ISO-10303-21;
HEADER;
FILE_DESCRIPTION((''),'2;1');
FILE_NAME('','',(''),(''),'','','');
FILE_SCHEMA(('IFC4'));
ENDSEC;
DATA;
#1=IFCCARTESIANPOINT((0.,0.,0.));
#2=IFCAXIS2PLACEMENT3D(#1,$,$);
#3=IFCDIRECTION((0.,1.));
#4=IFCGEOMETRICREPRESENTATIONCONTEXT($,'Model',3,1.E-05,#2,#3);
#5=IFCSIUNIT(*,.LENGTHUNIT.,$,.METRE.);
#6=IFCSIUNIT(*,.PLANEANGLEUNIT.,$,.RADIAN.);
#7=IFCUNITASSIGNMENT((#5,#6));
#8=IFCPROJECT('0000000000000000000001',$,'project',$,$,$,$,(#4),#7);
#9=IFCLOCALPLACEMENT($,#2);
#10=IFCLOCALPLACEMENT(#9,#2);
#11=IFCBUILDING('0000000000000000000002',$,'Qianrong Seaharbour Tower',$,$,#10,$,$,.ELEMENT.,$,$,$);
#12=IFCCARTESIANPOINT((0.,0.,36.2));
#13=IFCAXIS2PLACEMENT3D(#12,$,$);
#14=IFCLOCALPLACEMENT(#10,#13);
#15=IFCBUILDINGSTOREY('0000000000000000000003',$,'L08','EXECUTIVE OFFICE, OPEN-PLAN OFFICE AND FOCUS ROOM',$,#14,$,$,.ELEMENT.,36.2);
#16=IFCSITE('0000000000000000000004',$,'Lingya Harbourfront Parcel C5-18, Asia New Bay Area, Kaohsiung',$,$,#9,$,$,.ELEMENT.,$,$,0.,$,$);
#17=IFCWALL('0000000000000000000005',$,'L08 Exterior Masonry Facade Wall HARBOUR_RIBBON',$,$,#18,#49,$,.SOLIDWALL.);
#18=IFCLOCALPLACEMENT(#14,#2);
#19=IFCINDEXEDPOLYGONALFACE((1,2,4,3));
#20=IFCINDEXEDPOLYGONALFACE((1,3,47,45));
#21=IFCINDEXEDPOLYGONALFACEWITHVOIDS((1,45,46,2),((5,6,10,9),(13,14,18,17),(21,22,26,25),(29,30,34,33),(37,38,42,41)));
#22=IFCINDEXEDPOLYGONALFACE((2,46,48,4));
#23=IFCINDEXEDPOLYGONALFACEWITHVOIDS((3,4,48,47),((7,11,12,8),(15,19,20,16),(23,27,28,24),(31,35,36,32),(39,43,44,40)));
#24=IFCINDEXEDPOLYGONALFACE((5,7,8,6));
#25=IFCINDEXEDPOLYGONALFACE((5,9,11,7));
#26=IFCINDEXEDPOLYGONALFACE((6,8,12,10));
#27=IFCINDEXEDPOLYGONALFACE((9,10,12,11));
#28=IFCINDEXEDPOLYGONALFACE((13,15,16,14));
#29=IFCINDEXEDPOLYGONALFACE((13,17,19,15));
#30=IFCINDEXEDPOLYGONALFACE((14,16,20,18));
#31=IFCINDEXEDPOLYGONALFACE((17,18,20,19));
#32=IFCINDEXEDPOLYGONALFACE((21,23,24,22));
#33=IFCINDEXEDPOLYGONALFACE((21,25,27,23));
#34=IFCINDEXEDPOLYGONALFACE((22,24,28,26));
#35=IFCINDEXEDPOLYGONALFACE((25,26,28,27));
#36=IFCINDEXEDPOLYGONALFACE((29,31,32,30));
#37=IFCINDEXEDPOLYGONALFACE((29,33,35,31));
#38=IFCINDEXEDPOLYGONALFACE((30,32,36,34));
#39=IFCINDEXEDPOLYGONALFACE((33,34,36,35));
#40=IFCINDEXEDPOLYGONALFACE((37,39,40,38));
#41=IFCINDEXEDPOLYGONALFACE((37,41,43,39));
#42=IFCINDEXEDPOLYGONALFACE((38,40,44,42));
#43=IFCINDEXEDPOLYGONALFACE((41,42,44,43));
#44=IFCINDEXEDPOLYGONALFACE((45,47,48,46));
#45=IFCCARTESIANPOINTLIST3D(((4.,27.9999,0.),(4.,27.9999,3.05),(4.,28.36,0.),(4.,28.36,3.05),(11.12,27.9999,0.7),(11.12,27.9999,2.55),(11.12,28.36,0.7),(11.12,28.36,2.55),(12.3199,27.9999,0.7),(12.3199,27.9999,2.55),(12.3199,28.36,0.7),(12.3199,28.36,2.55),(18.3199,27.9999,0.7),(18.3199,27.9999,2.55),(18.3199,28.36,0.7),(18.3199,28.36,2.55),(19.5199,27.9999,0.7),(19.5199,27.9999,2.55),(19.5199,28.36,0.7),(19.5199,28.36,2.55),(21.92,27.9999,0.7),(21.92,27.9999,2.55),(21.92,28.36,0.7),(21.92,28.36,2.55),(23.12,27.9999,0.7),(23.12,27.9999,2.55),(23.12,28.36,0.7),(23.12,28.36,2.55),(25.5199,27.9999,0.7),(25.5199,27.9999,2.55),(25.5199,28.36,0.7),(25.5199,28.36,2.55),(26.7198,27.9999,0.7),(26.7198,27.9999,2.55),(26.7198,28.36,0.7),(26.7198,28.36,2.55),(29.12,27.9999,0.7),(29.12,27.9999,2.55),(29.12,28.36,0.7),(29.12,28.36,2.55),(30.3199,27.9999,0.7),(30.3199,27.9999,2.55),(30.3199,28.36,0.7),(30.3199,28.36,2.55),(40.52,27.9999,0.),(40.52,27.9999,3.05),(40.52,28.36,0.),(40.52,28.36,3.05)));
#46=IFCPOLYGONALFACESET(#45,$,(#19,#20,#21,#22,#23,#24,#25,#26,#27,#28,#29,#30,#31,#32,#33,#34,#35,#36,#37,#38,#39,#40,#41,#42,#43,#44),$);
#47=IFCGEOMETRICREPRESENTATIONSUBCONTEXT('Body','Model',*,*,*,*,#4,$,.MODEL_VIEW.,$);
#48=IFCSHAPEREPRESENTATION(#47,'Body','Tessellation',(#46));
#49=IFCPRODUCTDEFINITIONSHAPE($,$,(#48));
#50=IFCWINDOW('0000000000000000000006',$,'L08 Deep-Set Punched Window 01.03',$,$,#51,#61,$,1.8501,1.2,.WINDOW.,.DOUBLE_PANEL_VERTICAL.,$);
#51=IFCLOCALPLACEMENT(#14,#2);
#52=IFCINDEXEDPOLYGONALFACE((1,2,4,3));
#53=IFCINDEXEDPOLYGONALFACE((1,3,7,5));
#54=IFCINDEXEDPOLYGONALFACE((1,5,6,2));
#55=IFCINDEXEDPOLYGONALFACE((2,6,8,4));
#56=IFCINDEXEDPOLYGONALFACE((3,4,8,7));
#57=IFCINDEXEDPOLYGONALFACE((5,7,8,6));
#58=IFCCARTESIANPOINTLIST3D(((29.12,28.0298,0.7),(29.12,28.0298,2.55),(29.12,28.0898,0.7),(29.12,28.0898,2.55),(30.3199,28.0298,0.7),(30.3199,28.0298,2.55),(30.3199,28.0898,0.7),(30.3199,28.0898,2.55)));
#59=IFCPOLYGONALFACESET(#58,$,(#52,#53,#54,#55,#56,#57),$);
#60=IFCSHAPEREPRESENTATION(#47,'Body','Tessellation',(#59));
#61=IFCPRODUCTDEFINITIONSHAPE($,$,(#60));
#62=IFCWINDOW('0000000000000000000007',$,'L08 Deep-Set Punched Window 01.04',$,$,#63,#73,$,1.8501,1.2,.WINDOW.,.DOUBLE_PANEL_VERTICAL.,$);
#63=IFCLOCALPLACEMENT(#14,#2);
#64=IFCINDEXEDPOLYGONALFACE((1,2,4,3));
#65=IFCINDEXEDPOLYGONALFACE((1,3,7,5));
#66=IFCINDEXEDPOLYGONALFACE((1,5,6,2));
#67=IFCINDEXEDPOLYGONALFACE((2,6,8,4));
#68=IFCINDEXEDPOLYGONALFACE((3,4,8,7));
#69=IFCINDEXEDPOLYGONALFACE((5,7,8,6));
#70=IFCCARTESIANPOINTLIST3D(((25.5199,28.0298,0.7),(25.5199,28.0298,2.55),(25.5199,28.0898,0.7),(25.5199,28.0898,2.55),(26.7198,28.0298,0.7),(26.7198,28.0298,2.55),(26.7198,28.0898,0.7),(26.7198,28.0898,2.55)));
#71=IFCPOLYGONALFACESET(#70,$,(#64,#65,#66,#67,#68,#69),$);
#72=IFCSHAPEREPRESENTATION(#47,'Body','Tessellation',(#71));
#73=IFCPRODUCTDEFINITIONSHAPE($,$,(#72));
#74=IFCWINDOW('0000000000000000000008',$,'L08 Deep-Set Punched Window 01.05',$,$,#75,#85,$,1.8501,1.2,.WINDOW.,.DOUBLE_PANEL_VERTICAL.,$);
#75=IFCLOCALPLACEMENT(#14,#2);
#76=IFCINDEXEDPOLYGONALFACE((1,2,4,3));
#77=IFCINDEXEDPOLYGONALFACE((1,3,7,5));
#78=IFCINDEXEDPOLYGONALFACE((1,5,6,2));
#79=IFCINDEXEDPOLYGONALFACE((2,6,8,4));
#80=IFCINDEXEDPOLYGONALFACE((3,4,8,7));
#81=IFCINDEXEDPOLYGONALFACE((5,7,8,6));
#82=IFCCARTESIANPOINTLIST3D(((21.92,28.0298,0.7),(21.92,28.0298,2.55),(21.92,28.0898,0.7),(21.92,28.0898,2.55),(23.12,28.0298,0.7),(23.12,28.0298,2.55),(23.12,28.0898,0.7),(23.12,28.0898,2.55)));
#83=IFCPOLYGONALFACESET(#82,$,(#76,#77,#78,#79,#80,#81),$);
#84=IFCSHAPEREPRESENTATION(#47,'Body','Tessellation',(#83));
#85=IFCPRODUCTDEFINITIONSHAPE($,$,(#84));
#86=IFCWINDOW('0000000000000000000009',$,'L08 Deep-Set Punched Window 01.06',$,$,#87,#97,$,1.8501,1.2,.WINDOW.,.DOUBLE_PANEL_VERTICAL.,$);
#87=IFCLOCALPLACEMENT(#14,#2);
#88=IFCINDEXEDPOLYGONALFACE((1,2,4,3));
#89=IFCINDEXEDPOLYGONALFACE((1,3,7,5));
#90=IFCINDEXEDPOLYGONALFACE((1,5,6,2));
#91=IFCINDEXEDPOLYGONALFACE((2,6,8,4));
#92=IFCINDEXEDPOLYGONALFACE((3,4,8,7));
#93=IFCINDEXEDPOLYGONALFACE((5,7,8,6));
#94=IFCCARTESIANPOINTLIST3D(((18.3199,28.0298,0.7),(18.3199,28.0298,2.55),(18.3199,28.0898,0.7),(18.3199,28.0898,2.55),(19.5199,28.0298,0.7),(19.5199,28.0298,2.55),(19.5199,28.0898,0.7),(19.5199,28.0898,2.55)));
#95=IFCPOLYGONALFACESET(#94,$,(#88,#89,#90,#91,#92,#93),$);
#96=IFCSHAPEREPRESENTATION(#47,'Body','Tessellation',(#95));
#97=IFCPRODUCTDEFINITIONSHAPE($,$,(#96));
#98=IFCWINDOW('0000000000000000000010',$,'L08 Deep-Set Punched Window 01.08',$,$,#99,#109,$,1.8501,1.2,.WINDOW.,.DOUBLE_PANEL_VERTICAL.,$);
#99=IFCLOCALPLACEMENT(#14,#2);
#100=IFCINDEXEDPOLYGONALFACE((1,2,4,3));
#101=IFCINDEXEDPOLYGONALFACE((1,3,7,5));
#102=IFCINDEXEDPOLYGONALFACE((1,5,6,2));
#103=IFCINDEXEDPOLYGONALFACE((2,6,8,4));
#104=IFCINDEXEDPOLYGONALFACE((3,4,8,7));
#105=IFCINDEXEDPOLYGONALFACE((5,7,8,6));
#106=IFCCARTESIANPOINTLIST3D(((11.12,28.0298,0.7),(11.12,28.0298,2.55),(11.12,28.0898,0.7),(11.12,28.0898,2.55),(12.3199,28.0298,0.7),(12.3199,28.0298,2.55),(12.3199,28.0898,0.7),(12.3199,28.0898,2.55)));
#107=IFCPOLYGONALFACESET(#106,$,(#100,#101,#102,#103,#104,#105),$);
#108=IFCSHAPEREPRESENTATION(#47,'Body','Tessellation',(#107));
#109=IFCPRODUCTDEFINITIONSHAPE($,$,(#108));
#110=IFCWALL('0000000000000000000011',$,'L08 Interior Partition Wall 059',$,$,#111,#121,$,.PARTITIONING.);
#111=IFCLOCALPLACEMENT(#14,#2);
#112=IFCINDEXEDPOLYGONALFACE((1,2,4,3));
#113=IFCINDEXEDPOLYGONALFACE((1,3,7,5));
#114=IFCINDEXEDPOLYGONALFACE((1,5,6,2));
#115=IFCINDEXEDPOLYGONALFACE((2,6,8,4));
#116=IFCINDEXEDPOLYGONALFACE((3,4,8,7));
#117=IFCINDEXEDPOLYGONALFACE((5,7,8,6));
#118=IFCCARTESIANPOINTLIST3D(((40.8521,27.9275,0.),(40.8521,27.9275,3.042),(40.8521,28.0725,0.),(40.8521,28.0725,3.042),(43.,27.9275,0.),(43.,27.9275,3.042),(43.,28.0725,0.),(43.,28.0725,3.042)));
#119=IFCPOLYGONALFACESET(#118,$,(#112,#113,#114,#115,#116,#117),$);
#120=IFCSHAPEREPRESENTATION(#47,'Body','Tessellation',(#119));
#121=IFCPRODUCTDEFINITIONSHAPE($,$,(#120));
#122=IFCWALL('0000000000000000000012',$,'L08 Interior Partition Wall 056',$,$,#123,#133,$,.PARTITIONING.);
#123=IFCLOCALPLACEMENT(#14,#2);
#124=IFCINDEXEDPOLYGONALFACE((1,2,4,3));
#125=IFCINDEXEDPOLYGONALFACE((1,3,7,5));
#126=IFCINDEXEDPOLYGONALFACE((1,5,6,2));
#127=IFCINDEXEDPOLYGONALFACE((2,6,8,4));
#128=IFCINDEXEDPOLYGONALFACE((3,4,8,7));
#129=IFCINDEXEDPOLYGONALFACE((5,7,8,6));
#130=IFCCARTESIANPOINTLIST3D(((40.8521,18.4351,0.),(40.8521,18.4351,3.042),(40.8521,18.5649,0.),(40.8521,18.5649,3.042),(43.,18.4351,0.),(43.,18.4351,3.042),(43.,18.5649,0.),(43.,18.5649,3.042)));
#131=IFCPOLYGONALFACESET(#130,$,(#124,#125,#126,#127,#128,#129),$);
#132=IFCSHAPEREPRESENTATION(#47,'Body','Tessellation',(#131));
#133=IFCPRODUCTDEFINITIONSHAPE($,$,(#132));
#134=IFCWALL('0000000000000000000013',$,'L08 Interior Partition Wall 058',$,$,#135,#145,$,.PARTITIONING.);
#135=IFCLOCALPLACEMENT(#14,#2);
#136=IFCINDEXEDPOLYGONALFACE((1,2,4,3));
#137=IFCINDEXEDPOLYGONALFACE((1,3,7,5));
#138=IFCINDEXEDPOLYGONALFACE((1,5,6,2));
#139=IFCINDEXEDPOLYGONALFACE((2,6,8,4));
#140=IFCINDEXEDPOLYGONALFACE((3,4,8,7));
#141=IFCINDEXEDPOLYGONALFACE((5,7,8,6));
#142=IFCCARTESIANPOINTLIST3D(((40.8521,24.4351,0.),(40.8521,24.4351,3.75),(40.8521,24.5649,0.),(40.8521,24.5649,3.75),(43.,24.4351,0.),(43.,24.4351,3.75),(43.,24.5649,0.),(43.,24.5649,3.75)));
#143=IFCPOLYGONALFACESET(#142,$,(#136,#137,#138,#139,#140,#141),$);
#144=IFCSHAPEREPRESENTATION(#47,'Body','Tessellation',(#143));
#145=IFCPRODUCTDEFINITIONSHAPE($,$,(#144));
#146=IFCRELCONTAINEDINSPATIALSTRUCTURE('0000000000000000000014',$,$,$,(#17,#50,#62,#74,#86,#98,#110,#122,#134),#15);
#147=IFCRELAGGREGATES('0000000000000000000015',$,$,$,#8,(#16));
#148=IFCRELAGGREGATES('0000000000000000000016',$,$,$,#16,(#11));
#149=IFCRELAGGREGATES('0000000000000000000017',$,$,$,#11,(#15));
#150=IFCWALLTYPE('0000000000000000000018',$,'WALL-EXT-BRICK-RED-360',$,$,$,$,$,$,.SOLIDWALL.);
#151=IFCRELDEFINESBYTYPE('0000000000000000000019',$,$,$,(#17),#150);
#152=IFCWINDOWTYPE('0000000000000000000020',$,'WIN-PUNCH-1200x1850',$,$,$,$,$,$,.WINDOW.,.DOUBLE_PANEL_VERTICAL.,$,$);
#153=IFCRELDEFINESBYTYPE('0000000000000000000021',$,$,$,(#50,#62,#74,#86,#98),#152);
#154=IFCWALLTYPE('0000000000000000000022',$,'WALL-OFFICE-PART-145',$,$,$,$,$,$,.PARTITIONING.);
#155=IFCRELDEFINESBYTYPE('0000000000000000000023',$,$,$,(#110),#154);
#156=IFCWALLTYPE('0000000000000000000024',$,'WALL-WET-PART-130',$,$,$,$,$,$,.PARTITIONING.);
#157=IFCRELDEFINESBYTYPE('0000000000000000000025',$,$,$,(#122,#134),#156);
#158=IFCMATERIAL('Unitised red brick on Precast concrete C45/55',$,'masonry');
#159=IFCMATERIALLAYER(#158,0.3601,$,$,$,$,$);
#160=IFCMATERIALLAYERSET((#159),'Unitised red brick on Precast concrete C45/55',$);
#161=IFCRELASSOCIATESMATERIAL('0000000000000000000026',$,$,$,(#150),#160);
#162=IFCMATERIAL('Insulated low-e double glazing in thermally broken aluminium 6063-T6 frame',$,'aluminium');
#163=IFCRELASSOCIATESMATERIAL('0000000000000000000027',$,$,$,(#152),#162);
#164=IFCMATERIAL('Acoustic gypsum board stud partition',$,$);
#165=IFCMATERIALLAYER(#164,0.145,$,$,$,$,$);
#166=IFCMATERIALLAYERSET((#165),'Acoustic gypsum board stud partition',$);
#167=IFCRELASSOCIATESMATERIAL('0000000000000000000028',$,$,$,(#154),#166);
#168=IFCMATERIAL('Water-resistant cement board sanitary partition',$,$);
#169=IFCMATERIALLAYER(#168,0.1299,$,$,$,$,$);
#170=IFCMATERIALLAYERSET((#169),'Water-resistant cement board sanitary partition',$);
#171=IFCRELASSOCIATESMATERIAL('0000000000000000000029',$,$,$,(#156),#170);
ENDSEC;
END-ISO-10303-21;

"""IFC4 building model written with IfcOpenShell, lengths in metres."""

from ifc_helpers import new_model, si_unit, direction, frame, frame_2d, origin, place, context, subcontext, project, spatial, rectangle, extrude, material, layer, layer_set, type_object, element, fill, save


model = new_model("IFC4")

# Units and contexts
model_context = context("Model", 3, precision=1e-05, world=origin(), true_north=direction((0.0, 1.0)))
body_context = subcontext(model_context, "Body", "Model", "MODEL_VIEW")
ifc_project = project(units=[si_unit("LENGTHUNIT", "METRE"), si_unit("PLANEANGLEUNIT", "RADIAN")], contexts=[model_context])

# Site, building, storey
site_placement = place(None, origin())
site = spatial("IfcSite", under=ifc_project, at=site_placement, Name="Lingya Harbourfront Parcel C5-18, Asia New Bay Area, Kaohsiung", CompositionType="ELEMENT", RefElevation=0.0)
building_placement = place(site_placement, origin())
building = spatial("IfcBuilding", under=site, at=building_placement, Name="Qianrong Seaharbour Tower", CompositionType="ELEMENT")
storey_placement = place(building_placement, frame((0.0, 0.0, 36.2)))
storey = spatial("IfcBuildingStorey", under=building, at=storey_placement, Name="L08", Description="EXECUTIVE OFFICE, OPEN-PLAN OFFICE AND FOCUS ROOM", CompositionType="ELEMENT", Elevation=36.2)

# Wall, openings, windows
ifc_material_1 = material(Name="Unitised red brick on Precast concrete C45/55", Category="masonry")
ifc_layer_1 = layer(ifc_material_1, 0.3601)
ifc_layer_set_1 = layer_set([ifc_layer_1], Name="Unitised red brick on Precast concrete C45/55")
wall_type_1 = type_object("IfcWallType", Name="WALL-EXT-BRICK-RED-360", PredefinedType="SOLIDWALL", material=ifc_layer_set_1)
ifc_material_2 = material(Name="Insulated low-e double glazing in thermally broken aluminium 6063-T6 frame", Category="aluminium")
window_type = type_object("IfcWindowType", Name="WIN-PUNCH-1200x1850", PartitioningType="DOUBLE_PANEL_VERTICAL", PredefinedType="WINDOW", material=ifc_material_2)
wall_1_placement = place(storey_placement, frame((40.52, 28.1799, 0.0), z_axis=(0.0, 0.0, 1.0), x_axis=(-1.0, 0.0, 0.0)))
wall_1 = element("IfcWall", 1, at=wall_1_placement, inside=storey, type_object=wall_type_1, Name="L08 Exterior Masonry Facade Wall HARBOUR_RIBBON", PredefinedType="SOLIDWALL", context=body_context, shape_type="SweptSolid", body=[
    extrude(rectangle(XDim=36.52, YDim=0.3601, at=frame_2d((18.26, 0.0))), origin(), (0.0, 0.0, 1.0), 3.05),
])
opening_1_placement = place(wall_1_placement, frame((10.2, 0.0, 0.7)))
opening_1 = element("IfcOpeningElement", 2, at=opening_1_placement, cuts=wall_1, PredefinedType="OPENING", context=body_context, shape_type="SweptSolid", body=[
    extrude(rectangle(XDim=1.2, YDim=1.8501, at=frame_2d((0.6001, 0.925))), frame((0.0, 0.1899, 0.0), z_axis=(0.0, -1.0, 0.0), x_axis=(1.0, 0.0, 0.0)), (0.0, 0.0, 1.0), 0.3801),
])
opening_2_placement = place(wall_1_placement, frame((13.8, 0.0, 0.7)))
opening_2 = element("IfcOpeningElement", 3, at=opening_2_placement, cuts=wall_1, PredefinedType="OPENING", context=body_context, shape_type="SweptSolid", body=[
    extrude(rectangle(XDim=1.2, YDim=1.8501, at=frame_2d((0.6001, 0.925))), frame((0.0, 0.1899, 0.0), z_axis=(0.0, -1.0, 0.0), x_axis=(1.0, 0.0, 0.0)), (0.0, 0.0, 1.0), 0.3801),
])
opening_3_placement = place(wall_1_placement, frame((17.3999, 0.0, 0.7)))
opening_3 = element("IfcOpeningElement", 4, at=opening_3_placement, cuts=wall_1, PredefinedType="OPENING", context=body_context, shape_type="SweptSolid", body=[
    extrude(rectangle(XDim=1.2, YDim=1.8501, at=frame_2d((0.6001, 0.925))), frame((0.0, 0.1899, 0.0), z_axis=(0.0, -1.0, 0.0), x_axis=(1.0, 0.0, 0.0)), (0.0, 0.0, 1.0), 0.3801),
])
opening_4_placement = place(wall_1_placement, frame((21.0, 0.0, 0.7)))
opening_4 = element("IfcOpeningElement", 5, at=opening_4_placement, cuts=wall_1, PredefinedType="OPENING", context=body_context, shape_type="SweptSolid", body=[
    extrude(rectangle(XDim=1.2, YDim=1.8501, at=frame_2d((0.6001, 0.925))), frame((0.0, 0.1899, 0.0), z_axis=(0.0, -1.0, 0.0), x_axis=(1.0, 0.0, 0.0)), (0.0, 0.0, 1.0), 0.3801),
])
opening_5_placement = place(wall_1_placement, frame((28.2, 0.0, 0.7)))
opening_5 = element("IfcOpeningElement", 6, at=opening_5_placement, cuts=wall_1, PredefinedType="OPENING", context=body_context, shape_type="SweptSolid", body=[
    extrude(rectangle(XDim=1.2, YDim=1.8501, at=frame_2d((0.6001, 0.925))), frame((0.0, 0.1899, 0.0), z_axis=(0.0, -1.0, 0.0), x_axis=(1.0, 0.0, 0.0)), (0.0, 0.0, 1.0), 0.3801),
])
window_1_placement = place(opening_1_placement, origin())
window_1 = element("IfcWindow", 7, at=window_1_placement, inside=storey, type_object=window_type, Name="L08 Deep-Set Punched Window 01.03", OverallHeight=1.8501, OverallWidth=1.2, PartitioningType="DOUBLE_PANEL_VERTICAL", PredefinedType="WINDOW", context=body_context, shape_type="SweptSolid", body=[
    extrude(rectangle(XDim=1.2, YDim=1.8501, at=frame_2d((0.6001, 0.925))), frame((0.0, 0.1501, 0.0), z_axis=(0.0, -1.0, 0.0), x_axis=(1.0, 0.0, 0.0)), (0.0, 0.0, 1.0), 0.0601),
])
fill(opening_1, window_1)
window_2_placement = place(opening_2_placement, origin())
window_2 = element("IfcWindow", 8, at=window_2_placement, inside=storey, type_object=window_type, Name="L08 Deep-Set Punched Window 01.04", OverallHeight=1.8501, OverallWidth=1.2, PartitioningType="DOUBLE_PANEL_VERTICAL", PredefinedType="WINDOW", context=body_context, shape_type="SweptSolid", body=[
    extrude(rectangle(XDim=1.2, YDim=1.8501, at=frame_2d((0.6001, 0.925))), frame((0.0, 0.1501, 0.0), z_axis=(0.0, -1.0, 0.0), x_axis=(1.0, 0.0, 0.0)), (0.0, 0.0, 1.0), 0.0601),
])
fill(opening_2, window_2)
window_3_placement = place(opening_3_placement, origin())
window_3 = element("IfcWindow", 9, at=window_3_placement, inside=storey, type_object=window_type, Name="L08 Deep-Set Punched Window 01.05", OverallHeight=1.8501, OverallWidth=1.2, PartitioningType="DOUBLE_PANEL_VERTICAL", PredefinedType="WINDOW", context=body_context, shape_type="SweptSolid", body=[
    extrude(rectangle(XDim=1.2, YDim=1.8501, at=frame_2d((0.6001, 0.925))), frame((0.0, 0.1501, 0.0), z_axis=(0.0, -1.0, 0.0), x_axis=(1.0, 0.0, 0.0)), (0.0, 0.0, 1.0), 0.0601),
])
fill(opening_3, window_3)
window_4_placement = place(opening_4_placement, origin())
window_4 = element("IfcWindow", 10, at=window_4_placement, inside=storey, type_object=window_type, Name="L08 Deep-Set Punched Window 01.06", OverallHeight=1.8501, OverallWidth=1.2, PartitioningType="DOUBLE_PANEL_VERTICAL", PredefinedType="WINDOW", context=body_context, shape_type="SweptSolid", body=[
    extrude(rectangle(XDim=1.2, YDim=1.8501, at=frame_2d((0.6001, 0.925))), frame((0.0, 0.1501, 0.0), z_axis=(0.0, -1.0, 0.0), x_axis=(1.0, 0.0, 0.0)), (0.0, 0.0, 1.0), 0.0601),
])
fill(opening_4, window_4)
window_5_placement = place(opening_5_placement, origin())
window_5 = element("IfcWindow", 11, at=window_5_placement, inside=storey, type_object=window_type, Name="L08 Deep-Set Punched Window 01.08", OverallHeight=1.8501, OverallWidth=1.2, PartitioningType="DOUBLE_PANEL_VERTICAL", PredefinedType="WINDOW", context=body_context, shape_type="SweptSolid", body=[
    extrude(rectangle(XDim=1.2, YDim=1.8501, at=frame_2d((0.6001, 0.925))), frame((0.0, 0.1501, 0.0), z_axis=(0.0, -1.0, 0.0), x_axis=(1.0, 0.0, 0.0)), (0.0, 0.0, 1.0), 0.0601),
])
fill(opening_5, window_5)

# Walls
ifc_material_3 = material(Name="Acoustic gypsum board stud partition")
ifc_layer_2 = layer(ifc_material_3, 0.145)
ifc_layer_set_2 = layer_set([ifc_layer_2], Name="Acoustic gypsum board stud partition")
wall_type_2 = type_object("IfcWallType", Name="WALL-OFFICE-PART-145", PredefinedType="PARTITIONING", material=ifc_layer_set_2)
wall_2_placement = place(storey_placement, frame((40.8521, 28.0, 0.0), z_axis=(0.0, 0.0, 1.0), x_axis=(1.0, 0.0, 0.0)))
element("IfcWall", 12, at=wall_2_placement, inside=storey, type_object=wall_type_2, Name="L08 Interior Partition Wall 059", PredefinedType="PARTITIONING", context=body_context, shape_type="SweptSolid", body=[
    extrude(rectangle(XDim=2.1479, YDim=0.145, at=frame_2d((1.074, 0.0))), origin(), (0.0, 0.0, 1.0), 3.042),
])
ifc_material_4 = material(Name="Water-resistant cement board sanitary partition")
ifc_layer_3 = layer(ifc_material_4, 0.1299)
ifc_layer_set_3 = layer_set([ifc_layer_3], Name="Water-resistant cement board sanitary partition")
wall_type_3 = type_object("IfcWallType", Name="WALL-WET-PART-130", PredefinedType="PARTITIONING", material=ifc_layer_set_3)
wall_3_placement = place(storey_placement, frame((40.8521, 18.5, 0.0), z_axis=(0.0, 0.0, 1.0), x_axis=(1.0, 0.0, 0.0)))
element("IfcWall", 13, at=wall_3_placement, inside=storey, type_object=wall_type_3, Name="L08 Interior Partition Wall 056", PredefinedType="PARTITIONING", context=body_context, shape_type="SweptSolid", body=[
    extrude(rectangle(XDim=2.1479, YDim=0.1299, at=frame_2d((1.074, 0.0))), origin(), (0.0, 0.0, 1.0), 3.042),
])
wall_4_placement = place(storey_placement, frame((40.8521, 24.5, 0.0), z_axis=(0.0, 0.0, 1.0), x_axis=(1.0, 0.0, 0.0)))
element("IfcWall", 14, at=wall_4_placement, inside=storey, type_object=wall_type_3, Name="L08 Interior Partition Wall 058", PredefinedType="PARTITIONING", context=body_context, shape_type="SweptSolid", body=[
    extrude(rectangle(XDim=2.1479, YDim=0.1299, at=frame_2d((1.074, 0.0))), origin(), (0.0, 0.0, 1.0), 3.75),
])

save(model, "model.ifc")
